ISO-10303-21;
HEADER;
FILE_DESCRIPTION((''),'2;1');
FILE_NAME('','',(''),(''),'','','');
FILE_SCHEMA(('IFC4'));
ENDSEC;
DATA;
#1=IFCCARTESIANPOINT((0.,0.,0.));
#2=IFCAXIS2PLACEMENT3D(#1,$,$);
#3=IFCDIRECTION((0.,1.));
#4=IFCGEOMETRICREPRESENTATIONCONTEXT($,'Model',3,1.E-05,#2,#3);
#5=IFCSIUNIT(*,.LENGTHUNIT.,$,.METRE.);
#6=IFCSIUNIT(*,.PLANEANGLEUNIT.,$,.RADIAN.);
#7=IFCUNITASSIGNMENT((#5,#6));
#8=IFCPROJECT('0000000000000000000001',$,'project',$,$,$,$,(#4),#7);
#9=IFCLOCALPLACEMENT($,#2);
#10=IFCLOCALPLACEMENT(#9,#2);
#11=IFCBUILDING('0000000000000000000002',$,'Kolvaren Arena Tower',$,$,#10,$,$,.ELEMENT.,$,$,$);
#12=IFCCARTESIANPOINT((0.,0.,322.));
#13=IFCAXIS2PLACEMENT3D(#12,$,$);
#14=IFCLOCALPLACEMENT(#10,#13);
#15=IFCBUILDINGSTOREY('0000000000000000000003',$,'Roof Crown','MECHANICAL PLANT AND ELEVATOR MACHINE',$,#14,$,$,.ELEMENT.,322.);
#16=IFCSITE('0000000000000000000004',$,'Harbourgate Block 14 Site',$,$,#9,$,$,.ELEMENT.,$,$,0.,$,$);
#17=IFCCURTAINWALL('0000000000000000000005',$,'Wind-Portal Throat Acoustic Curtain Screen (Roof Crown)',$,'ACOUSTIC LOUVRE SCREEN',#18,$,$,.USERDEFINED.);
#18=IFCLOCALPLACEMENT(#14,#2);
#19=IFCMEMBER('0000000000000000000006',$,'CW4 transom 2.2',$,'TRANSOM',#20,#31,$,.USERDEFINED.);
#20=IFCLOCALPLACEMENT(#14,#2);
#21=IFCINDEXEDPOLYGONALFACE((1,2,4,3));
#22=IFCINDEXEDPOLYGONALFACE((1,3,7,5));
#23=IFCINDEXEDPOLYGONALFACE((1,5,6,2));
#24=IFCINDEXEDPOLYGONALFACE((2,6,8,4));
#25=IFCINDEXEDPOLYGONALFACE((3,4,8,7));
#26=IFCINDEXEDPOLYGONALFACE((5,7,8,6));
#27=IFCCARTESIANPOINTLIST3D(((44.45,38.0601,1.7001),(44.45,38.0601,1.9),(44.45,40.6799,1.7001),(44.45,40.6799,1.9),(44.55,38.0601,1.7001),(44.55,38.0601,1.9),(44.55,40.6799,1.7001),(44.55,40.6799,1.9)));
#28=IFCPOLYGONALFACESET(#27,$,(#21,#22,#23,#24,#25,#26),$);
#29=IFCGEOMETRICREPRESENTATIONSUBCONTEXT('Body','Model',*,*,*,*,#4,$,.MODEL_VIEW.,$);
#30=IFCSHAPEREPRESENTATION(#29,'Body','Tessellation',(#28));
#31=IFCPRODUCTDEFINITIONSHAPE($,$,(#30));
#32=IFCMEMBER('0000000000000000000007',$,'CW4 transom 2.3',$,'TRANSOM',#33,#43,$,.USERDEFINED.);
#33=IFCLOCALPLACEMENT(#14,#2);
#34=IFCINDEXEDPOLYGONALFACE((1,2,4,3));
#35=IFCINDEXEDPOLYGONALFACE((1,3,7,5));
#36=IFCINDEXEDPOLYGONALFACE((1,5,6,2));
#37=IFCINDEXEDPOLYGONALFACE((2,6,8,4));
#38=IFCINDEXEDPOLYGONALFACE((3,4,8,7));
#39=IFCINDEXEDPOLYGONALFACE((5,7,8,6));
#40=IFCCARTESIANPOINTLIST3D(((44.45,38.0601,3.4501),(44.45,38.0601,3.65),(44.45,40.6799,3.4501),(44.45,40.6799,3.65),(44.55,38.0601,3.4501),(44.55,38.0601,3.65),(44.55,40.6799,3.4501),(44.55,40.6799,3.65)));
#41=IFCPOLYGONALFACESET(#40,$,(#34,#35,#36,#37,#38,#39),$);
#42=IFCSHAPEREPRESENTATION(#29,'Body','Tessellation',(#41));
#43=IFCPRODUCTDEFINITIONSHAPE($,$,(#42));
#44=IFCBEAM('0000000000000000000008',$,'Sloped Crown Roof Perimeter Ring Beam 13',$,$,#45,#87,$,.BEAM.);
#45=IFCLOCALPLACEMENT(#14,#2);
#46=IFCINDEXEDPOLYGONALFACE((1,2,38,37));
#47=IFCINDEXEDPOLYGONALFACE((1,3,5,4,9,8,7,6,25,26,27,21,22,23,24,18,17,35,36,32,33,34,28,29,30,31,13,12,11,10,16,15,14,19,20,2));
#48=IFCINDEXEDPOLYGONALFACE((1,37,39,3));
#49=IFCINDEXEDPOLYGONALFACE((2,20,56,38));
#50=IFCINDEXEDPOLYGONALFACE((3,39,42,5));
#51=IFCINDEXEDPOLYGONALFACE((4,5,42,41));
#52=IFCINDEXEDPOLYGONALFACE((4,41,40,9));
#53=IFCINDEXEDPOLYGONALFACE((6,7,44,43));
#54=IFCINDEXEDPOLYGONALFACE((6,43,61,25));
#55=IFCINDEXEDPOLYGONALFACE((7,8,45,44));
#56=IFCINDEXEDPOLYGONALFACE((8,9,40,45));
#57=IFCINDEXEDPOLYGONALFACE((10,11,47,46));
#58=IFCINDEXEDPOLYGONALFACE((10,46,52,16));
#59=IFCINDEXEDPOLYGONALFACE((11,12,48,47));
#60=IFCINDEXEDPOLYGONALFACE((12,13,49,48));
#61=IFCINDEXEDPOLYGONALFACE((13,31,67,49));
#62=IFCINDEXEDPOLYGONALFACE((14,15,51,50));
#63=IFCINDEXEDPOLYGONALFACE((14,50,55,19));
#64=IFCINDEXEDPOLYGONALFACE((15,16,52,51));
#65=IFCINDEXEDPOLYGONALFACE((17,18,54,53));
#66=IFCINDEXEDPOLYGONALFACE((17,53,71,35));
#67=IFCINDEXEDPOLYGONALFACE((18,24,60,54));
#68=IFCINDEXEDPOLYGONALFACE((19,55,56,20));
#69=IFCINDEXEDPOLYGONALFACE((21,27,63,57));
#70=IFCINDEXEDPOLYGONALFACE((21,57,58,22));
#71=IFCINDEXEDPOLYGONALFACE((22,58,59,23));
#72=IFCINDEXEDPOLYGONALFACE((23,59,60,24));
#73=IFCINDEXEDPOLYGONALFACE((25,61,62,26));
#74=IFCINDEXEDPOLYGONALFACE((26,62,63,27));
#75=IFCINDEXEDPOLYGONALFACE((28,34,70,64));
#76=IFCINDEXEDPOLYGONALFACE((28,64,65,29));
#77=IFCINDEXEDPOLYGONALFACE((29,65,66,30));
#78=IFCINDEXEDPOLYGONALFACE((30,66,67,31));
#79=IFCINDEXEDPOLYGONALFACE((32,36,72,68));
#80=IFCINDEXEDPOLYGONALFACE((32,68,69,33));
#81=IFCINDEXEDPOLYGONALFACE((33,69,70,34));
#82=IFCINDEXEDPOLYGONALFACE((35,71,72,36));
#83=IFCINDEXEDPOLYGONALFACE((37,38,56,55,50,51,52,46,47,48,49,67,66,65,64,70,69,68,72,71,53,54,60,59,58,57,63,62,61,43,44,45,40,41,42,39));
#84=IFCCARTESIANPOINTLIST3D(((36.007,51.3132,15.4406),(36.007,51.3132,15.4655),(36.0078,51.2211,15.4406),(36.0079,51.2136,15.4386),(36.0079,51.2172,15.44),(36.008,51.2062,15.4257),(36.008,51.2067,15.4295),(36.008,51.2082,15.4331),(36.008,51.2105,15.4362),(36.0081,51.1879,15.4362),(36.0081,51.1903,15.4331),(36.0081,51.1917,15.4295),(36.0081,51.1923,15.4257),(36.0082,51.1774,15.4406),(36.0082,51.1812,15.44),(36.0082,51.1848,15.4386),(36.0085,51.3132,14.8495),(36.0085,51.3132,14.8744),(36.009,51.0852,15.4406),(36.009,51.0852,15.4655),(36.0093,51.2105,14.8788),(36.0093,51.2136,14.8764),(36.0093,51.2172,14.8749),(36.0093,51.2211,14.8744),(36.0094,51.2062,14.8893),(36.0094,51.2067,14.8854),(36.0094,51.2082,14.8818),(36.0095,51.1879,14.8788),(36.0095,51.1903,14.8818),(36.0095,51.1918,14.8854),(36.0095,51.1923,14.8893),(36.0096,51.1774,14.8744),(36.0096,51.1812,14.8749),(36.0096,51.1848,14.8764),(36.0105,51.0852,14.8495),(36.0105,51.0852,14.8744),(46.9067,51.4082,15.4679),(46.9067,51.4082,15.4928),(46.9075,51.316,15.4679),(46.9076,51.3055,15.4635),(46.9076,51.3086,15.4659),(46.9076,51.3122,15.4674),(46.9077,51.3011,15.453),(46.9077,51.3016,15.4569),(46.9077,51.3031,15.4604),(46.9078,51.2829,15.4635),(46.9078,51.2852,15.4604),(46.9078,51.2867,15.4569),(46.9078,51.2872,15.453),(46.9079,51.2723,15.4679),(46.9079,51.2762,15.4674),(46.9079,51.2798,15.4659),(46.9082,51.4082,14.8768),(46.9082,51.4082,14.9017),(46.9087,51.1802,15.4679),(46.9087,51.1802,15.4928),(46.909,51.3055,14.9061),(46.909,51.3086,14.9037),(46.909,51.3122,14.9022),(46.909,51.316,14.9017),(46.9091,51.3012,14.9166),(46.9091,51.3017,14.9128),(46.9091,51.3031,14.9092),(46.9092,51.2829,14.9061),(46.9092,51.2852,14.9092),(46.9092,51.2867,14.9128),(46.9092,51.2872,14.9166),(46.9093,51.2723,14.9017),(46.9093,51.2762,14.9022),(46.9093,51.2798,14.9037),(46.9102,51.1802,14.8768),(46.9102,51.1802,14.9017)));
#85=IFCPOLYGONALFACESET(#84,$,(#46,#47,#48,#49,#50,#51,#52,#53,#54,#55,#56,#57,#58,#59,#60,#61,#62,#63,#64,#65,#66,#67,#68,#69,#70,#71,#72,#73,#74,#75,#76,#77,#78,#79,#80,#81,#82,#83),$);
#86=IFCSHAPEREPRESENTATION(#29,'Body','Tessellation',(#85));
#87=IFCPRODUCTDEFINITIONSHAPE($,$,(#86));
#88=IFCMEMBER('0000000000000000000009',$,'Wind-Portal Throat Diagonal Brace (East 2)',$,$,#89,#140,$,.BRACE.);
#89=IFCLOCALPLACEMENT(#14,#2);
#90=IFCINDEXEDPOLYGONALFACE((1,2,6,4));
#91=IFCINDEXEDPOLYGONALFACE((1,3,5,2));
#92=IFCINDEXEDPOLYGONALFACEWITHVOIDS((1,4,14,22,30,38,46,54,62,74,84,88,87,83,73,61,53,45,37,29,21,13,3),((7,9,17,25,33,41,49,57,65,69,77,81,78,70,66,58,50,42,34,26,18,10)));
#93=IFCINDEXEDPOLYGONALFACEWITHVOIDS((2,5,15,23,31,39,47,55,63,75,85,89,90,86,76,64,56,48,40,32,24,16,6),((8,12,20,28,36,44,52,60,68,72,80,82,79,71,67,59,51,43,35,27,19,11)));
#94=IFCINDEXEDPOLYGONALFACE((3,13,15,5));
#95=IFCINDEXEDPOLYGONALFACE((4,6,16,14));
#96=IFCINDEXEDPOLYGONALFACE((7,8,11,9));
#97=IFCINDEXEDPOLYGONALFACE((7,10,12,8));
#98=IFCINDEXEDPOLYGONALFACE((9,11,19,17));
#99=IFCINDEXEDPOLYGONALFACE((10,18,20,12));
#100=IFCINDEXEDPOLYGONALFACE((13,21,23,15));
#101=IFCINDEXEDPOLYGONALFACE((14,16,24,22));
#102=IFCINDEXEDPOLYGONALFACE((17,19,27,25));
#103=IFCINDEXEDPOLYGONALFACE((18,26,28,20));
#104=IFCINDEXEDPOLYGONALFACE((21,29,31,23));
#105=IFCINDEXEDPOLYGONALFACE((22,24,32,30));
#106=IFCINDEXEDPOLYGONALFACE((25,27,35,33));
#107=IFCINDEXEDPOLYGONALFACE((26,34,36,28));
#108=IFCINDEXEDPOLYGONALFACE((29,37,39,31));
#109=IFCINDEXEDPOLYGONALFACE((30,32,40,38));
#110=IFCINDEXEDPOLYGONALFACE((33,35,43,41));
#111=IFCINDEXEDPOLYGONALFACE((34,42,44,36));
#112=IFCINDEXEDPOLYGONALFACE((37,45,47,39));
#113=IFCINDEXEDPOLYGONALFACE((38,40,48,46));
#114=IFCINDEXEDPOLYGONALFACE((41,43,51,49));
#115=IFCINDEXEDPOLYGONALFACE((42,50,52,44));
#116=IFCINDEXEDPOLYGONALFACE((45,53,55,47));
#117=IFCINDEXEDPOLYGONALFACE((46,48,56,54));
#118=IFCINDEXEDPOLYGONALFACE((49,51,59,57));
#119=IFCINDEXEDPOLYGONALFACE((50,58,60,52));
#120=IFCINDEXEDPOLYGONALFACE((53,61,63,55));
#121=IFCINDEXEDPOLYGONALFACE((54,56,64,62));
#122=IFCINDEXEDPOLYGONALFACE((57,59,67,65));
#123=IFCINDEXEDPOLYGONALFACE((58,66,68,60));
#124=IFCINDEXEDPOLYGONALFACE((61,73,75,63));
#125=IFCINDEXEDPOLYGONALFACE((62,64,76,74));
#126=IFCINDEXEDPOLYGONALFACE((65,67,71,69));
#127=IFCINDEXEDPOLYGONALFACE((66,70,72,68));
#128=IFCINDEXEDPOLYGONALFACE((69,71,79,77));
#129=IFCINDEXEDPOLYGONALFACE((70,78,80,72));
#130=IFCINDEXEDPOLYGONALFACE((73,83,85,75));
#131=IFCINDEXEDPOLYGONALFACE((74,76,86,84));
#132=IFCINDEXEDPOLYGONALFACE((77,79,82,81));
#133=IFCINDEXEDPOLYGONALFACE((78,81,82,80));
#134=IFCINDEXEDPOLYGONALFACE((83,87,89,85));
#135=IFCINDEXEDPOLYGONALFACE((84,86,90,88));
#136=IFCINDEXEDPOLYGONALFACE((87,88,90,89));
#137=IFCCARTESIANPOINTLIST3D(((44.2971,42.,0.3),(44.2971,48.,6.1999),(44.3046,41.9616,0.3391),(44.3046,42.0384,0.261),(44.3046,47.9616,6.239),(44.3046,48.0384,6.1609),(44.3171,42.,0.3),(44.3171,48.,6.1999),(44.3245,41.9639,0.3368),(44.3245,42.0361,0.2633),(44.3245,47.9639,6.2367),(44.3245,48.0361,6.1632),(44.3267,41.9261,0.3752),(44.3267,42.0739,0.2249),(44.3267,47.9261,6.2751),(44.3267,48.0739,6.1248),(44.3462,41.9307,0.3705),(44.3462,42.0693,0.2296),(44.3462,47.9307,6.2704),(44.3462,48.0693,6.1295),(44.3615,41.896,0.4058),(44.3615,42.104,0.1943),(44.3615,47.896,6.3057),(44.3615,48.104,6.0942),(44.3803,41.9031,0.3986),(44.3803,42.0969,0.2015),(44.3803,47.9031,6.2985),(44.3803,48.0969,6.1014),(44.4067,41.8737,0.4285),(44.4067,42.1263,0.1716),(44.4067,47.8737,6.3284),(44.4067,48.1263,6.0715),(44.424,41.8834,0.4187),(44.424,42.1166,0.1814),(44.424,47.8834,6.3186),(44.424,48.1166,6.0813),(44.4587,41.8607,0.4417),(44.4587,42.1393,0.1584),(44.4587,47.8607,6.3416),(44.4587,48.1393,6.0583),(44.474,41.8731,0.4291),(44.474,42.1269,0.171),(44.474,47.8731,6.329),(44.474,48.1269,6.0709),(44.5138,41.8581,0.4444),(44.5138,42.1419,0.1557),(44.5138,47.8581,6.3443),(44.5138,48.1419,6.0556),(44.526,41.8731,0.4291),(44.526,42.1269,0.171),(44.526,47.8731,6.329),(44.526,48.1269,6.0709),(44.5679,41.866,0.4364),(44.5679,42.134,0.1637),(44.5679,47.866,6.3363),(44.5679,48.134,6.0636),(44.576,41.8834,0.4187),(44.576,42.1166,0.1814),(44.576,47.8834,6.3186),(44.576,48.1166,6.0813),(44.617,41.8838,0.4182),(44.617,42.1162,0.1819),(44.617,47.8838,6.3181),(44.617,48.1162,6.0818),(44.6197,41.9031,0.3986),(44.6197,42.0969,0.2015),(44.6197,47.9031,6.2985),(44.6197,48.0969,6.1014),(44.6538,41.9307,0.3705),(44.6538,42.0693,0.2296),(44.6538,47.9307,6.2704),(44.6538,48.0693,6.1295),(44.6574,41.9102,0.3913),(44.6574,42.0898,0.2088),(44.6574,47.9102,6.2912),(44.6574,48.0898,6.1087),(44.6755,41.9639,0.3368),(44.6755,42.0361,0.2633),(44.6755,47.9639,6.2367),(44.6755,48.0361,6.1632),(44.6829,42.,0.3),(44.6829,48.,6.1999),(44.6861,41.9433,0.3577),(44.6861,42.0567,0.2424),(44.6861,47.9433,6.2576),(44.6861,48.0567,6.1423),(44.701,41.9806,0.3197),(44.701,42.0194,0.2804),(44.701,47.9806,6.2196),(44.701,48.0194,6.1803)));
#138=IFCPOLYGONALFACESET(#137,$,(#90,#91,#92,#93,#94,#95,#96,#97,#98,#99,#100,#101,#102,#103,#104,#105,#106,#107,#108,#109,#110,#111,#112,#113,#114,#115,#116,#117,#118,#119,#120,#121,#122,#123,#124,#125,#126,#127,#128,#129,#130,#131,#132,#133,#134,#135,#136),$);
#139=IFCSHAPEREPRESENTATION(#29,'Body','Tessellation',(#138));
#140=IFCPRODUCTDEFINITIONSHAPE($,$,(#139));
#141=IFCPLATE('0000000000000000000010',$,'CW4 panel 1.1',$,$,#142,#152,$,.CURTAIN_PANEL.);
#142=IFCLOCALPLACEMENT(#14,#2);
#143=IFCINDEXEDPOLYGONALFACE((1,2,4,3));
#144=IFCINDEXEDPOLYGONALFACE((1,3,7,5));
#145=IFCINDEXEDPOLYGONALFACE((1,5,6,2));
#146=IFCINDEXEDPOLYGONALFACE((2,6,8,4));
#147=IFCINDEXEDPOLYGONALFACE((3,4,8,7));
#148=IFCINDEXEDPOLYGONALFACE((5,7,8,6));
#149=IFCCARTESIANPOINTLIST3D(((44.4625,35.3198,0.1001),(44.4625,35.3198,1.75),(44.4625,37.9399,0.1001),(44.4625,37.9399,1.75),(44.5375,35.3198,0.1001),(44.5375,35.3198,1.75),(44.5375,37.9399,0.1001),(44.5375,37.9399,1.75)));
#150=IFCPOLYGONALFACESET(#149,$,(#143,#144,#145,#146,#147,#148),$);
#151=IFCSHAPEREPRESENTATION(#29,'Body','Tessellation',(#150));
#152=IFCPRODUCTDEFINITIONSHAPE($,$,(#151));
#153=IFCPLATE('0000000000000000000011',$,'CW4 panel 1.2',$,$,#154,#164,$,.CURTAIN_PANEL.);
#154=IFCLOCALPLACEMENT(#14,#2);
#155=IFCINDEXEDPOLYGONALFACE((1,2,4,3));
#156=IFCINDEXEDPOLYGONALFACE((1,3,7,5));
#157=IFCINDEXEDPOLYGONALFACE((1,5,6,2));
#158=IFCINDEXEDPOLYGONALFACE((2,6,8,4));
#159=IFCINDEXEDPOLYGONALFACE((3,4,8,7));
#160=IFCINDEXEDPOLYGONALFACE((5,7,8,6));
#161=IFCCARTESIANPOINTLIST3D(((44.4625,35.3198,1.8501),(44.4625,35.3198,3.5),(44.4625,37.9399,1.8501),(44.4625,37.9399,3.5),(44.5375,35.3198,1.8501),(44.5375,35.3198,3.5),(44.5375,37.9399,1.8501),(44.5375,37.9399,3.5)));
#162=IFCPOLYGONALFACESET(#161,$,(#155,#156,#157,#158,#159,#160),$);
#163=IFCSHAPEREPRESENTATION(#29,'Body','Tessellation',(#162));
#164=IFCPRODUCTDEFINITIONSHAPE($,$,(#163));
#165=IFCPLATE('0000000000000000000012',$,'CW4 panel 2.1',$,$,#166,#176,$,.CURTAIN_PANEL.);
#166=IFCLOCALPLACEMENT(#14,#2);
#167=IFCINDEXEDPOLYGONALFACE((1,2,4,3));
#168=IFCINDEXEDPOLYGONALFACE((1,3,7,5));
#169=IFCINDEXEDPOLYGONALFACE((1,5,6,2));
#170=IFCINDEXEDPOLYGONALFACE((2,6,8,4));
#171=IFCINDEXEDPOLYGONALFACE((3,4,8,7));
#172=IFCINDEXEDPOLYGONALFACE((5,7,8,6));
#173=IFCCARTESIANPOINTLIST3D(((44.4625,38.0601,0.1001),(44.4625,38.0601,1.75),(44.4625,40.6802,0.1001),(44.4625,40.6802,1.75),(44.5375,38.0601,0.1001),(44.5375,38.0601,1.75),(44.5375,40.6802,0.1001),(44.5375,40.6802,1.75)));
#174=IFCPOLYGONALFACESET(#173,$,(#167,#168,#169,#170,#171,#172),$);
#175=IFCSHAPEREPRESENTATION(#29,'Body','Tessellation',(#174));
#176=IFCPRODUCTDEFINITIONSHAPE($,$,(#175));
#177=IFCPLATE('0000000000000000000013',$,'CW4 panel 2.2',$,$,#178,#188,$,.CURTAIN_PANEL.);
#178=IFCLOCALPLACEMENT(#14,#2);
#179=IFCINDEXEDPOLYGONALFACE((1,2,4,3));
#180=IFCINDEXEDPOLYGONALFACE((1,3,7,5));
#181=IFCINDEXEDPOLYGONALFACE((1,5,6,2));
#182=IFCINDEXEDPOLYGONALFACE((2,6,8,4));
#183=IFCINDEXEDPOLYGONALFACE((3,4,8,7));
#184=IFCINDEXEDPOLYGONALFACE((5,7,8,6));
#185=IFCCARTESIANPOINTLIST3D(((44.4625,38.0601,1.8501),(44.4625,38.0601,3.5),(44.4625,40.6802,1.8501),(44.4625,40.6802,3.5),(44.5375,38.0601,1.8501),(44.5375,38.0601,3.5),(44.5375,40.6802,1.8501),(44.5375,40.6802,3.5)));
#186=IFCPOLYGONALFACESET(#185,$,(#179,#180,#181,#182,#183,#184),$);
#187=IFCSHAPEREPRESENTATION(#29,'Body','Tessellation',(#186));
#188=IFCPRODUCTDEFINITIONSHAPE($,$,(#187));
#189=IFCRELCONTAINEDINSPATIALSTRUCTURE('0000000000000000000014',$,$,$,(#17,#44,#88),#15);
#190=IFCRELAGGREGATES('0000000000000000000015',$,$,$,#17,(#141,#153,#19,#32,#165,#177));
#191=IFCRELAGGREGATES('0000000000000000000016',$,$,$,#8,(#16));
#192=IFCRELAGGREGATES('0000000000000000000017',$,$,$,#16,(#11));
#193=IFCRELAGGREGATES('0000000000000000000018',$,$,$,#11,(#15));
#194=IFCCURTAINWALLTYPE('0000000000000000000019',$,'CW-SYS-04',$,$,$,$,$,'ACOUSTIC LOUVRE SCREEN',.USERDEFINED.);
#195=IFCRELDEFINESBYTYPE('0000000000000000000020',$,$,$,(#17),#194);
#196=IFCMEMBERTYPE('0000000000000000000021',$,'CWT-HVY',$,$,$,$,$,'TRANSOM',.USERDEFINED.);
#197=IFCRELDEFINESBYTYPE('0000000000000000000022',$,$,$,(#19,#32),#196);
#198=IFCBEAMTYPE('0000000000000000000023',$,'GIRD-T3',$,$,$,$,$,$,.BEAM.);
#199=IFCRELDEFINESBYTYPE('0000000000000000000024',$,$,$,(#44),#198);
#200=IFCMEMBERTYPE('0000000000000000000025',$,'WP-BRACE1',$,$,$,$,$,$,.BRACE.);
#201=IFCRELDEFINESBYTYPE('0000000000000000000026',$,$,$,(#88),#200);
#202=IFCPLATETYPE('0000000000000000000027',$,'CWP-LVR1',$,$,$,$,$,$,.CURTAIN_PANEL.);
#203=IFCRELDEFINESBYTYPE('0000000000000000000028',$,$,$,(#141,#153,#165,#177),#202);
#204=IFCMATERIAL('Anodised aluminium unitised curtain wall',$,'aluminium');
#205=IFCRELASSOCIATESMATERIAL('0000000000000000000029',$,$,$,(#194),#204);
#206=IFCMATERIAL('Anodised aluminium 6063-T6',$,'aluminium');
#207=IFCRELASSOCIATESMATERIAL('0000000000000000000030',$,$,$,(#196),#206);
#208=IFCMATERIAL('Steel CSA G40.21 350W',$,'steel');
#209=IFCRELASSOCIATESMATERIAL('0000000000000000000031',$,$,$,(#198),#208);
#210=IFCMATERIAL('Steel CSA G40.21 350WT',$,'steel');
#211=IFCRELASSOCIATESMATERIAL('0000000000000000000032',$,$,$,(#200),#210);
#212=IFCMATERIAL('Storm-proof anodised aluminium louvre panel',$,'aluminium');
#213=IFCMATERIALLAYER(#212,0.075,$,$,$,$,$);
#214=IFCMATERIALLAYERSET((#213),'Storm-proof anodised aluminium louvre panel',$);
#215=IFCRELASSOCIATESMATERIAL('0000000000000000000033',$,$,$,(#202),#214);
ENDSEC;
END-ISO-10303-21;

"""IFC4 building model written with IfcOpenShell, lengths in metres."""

from ifc_helpers import new_model, si_unit, direction, frame, origin, origin_2d, place, context, subcontext, project, spatial, rectangle, hollow_circle, i_section, extrude, material, layer, layer_set, material_profile, profile_set, type_object, element, aggregate, save


model = new_model("IFC4")

# Units and contexts
model_context = context("Model", 3, precision=1e-05, world=origin(), true_north=direction((0.0, 1.0)))
body_context = subcontext(model_context, "Body", "Model", "MODEL_VIEW")
ifc_project = project(units=[si_unit("LENGTHUNIT", "METRE"), si_unit("PLANEANGLEUNIT", "RADIAN")], contexts=[model_context])

# Site, building, storey
site_placement = place(None, origin())
site = spatial("IfcSite", under=ifc_project, at=site_placement, Name="Harbourgate Block 14 Site", CompositionType="ELEMENT", RefElevation=0.0)
building_placement = place(site_placement, origin())
building = spatial("IfcBuilding", under=site, at=building_placement, Name="Kolvaren Arena Tower", CompositionType="ELEMENT")
storey_placement = place(building_placement, frame((0.0, 0.0, 322.0)))
storey = spatial("IfcBuildingStorey", under=building, at=storey_placement, Name="Roof Crown", Description="MECHANICAL PLANT AND ELEVATOR MACHINE", CompositionType="ELEMENT", Elevation=322.0)

# Curtain wall, members
ifc_material_1 = material(Name="Anodised aluminium unitised curtain wall", Category="aluminium")
curtain_wall_type = type_object("IfcCurtainWallType", Name="CW-SYS-04", ElementType="ACOUSTIC LOUVRE SCREEN", PredefinedType="USERDEFINED", material=ifc_material_1)
curtain_wall_placement = place(storey_placement, origin())
curtain_wall = element("IfcCurtainWall", 1, at=curtain_wall_placement, inside=storey, type_object=curtain_wall_type, Name="Wind-Portal Throat Acoustic Curtain Screen (Roof Crown)", ObjectType="ACOUSTIC LOUVRE SCREEN", PredefinedType="USERDEFINED")
ifc_material_2 = material(Name="Anodised aluminium 6063-T6", Category="aluminium")
ifc_material_profile_1 = material_profile(ifc_material_2, rectangle(XDim=0.1001, YDim=0.2, at=origin_2d()), Name="ALU-100x200")
ifc_profile_set_1 = profile_set([ifc_material_profile_1], Name="Anodised aluminium 6063-T6")
member_type_1 = type_object("IfcMemberType", Name="CWT-HVY", ElementType="TRANSOM", PredefinedType="USERDEFINED", material=ifc_profile_set_1)
member_1_placement = place(storey_placement, frame((44.5, 38.0601, 1.8), z_axis=(0.0, 1.0, 0.0), x_axis=(-1.0, 0.0, 0.0)))
member_1 = element("IfcMember", 2, at=member_1_placement, type_object=member_type_1, Name="CW4 transom 2.2", ObjectType="TRANSOM", PredefinedType="USERDEFINED", context=body_context, shape_type="SweptSolid", body=[
    extrude(rectangle(XDim=0.1001, YDim=0.2, at=origin_2d()), origin(), (0.0, 0.0, 1.0), 2.6199),
])
member_2_placement = place(storey_placement, frame((44.5, 38.0601, 3.55), z_axis=(0.0, 1.0, 0.0), x_axis=(-1.0, 0.0, 0.0)))
member_2 = element("IfcMember", 3, at=member_2_placement, type_object=member_type_1, Name="CW4 transom 2.3", ObjectType="TRANSOM", PredefinedType="USERDEFINED", context=body_context, shape_type="SweptSolid", body=[
    extrude(rectangle(XDim=0.1001, YDim=0.2, at=origin_2d()), origin(), (0.0, 0.0, 1.0), 2.6199),
])

# Beam
ifc_material_3 = material(Name="Steel CSA G40.21 350W", Category="steel")
ifc_material_profile_2 = material_profile(ifc_material_3, i_section(OverallWidth=0.228, OverallDepth=0.616, WebThickness=0.0139, FlangeThickness=0.0249, FilletRadius=0.0149, at=origin_2d()), Name="W610x174")
ifc_profile_set_2 = profile_set([ifc_material_profile_2], Name="Steel CSA G40.21 350W")
beam_type = type_object("IfcBeamType", Name="GIRD-T3", PredefinedType="BEAM", material=ifc_profile_set_2)
beam_placement = place(storey_placement, frame((46.9084, 51.2942, 15.1848), z_axis=(-0.999959, -0.008713, -0.002509), x_axis=(0.008713, -0.999962, 0.0)))
element("IfcBeam", 4, at=beam_placement, inside=storey, type_object=beam_type, Name="Sloped Crown Roof Perimeter Ring Beam 13", PredefinedType="BEAM", context=body_context, shape_type="SweptSolid", body=[
    extrude(i_section(OverallWidth=0.228, OverallDepth=0.616, WebThickness=0.0139, FlangeThickness=0.0249, FilletRadius=0.0149, at=origin_2d()), origin(), (0.0, 0.0, 1.0), 10.9001),
])

# Member
ifc_material_4 = material(Name="Steel CSA G40.21 350WT", Category="steel")
ifc_material_profile_3 = material_profile(ifc_material_4, hollow_circle(Radius=0.2029, WallThickness=0.02, at=origin_2d()), Name="CHS 406x20")
ifc_profile_set_3 = profile_set([ifc_material_profile_3], Name="Steel CSA G40.21 350WT")
member_type_2 = type_object("IfcMemberType", Name="WP-BRACE1", PredefinedType="BRACE", material=ifc_profile_set_3)
member_3_placement = place(storey_placement, frame((44.5, 42.0, 0.3), z_axis=(0.0, 0.713029, 0.701134), x_axis=(-1.0, 0.0, 0.0)))
element("IfcMember", 5, at=member_3_placement, inside=storey, type_object=member_type_2, Name="Wind-Portal Throat Diagonal Brace (East 2)", PredefinedType="BRACE", context=body_context, shape_type="SweptSolid", body=[
    extrude(hollow_circle(Radius=0.2029, WallThickness=0.02, at=origin_2d()), origin(), (0.0, 0.0, 1.0), 8.4148),
])

# Plates
ifc_material_5 = material(Name="Storm-proof anodised aluminium louvre panel", Category="aluminium")
ifc_layer_1 = layer(ifc_material_5, 0.075)
ifc_layer_set_1 = layer_set([ifc_layer_1], Name="Storm-proof anodised aluminium louvre panel")
plate_type_1 = type_object("IfcPlateType", Name="CWP-LVR1", PredefinedType="CURTAIN_PANEL", material=ifc_layer_set_1)
plate_1_placement = place(storey_placement, frame((44.5, 36.6299, 0.1001), z_axis=(0.0, 0.0, 1.0), x_axis=(0.0, 1.0, 0.0)))
plate_1 = element("IfcPlate", 6, at=plate_1_placement, type_object=plate_type_1, Name="CW4 panel 1.1", PredefinedType="CURTAIN_PANEL", context=body_context, shape_type="SweptSolid", body=[
    extrude(rectangle(XDim=2.6201, YDim=0.075, at=origin_2d()), origin(), (0.0, 0.0, 1.0), 1.6499),
])
plate_2_placement = place(storey_placement, frame((44.5, 36.6299, 1.8501), z_axis=(0.0, 0.0, 1.0), x_axis=(0.0, 1.0, 0.0)))
plate_2 = element("IfcPlate", 7, at=plate_2_placement, type_object=plate_type_1, Name="CW4 panel 1.2", PredefinedType="CURTAIN_PANEL", context=body_context, shape_type="SweptSolid", body=[
    extrude(rectangle(XDim=2.6201, YDim=0.075, at=origin_2d()), origin(), (0.0, 0.0, 1.0), 1.6499),
])
plate_3_placement = place(storey_placement, frame((44.5, 39.3701, 0.1001), z_axis=(0.0, 0.0, 1.0), x_axis=(0.0, 1.0, 0.0)))
plate_3 = element("IfcPlate", 8, at=plate_3_placement, type_object=plate_type_1, Name="CW4 panel 2.1", PredefinedType="CURTAIN_PANEL", context=body_context, shape_type="SweptSolid", body=[
    extrude(rectangle(XDim=2.6201, YDim=0.075, at=origin_2d()), origin(), (0.0, 0.0, 1.0), 1.6499),
])
plate_4_placement = place(storey_placement, frame((44.5, 39.3701, 1.8501), z_axis=(0.0, 0.0, 1.0), x_axis=(0.0, 1.0, 0.0)))
plate_4 = element("IfcPlate", 9, at=plate_4_placement, type_object=plate_type_1, Name="CW4 panel 2.2", PredefinedType="CURTAIN_PANEL", context=body_context, shape_type="SweptSolid", body=[
    extrude(rectangle(XDim=2.6201, YDim=0.075, at=origin_2d()), origin(), (0.0, 0.0, 1.0), 1.6499),
])
aggregate(curtain_wall, [plate_1, plate_2, member_1, member_2, plate_3, plate_4])

save(model, "model.ifc")
